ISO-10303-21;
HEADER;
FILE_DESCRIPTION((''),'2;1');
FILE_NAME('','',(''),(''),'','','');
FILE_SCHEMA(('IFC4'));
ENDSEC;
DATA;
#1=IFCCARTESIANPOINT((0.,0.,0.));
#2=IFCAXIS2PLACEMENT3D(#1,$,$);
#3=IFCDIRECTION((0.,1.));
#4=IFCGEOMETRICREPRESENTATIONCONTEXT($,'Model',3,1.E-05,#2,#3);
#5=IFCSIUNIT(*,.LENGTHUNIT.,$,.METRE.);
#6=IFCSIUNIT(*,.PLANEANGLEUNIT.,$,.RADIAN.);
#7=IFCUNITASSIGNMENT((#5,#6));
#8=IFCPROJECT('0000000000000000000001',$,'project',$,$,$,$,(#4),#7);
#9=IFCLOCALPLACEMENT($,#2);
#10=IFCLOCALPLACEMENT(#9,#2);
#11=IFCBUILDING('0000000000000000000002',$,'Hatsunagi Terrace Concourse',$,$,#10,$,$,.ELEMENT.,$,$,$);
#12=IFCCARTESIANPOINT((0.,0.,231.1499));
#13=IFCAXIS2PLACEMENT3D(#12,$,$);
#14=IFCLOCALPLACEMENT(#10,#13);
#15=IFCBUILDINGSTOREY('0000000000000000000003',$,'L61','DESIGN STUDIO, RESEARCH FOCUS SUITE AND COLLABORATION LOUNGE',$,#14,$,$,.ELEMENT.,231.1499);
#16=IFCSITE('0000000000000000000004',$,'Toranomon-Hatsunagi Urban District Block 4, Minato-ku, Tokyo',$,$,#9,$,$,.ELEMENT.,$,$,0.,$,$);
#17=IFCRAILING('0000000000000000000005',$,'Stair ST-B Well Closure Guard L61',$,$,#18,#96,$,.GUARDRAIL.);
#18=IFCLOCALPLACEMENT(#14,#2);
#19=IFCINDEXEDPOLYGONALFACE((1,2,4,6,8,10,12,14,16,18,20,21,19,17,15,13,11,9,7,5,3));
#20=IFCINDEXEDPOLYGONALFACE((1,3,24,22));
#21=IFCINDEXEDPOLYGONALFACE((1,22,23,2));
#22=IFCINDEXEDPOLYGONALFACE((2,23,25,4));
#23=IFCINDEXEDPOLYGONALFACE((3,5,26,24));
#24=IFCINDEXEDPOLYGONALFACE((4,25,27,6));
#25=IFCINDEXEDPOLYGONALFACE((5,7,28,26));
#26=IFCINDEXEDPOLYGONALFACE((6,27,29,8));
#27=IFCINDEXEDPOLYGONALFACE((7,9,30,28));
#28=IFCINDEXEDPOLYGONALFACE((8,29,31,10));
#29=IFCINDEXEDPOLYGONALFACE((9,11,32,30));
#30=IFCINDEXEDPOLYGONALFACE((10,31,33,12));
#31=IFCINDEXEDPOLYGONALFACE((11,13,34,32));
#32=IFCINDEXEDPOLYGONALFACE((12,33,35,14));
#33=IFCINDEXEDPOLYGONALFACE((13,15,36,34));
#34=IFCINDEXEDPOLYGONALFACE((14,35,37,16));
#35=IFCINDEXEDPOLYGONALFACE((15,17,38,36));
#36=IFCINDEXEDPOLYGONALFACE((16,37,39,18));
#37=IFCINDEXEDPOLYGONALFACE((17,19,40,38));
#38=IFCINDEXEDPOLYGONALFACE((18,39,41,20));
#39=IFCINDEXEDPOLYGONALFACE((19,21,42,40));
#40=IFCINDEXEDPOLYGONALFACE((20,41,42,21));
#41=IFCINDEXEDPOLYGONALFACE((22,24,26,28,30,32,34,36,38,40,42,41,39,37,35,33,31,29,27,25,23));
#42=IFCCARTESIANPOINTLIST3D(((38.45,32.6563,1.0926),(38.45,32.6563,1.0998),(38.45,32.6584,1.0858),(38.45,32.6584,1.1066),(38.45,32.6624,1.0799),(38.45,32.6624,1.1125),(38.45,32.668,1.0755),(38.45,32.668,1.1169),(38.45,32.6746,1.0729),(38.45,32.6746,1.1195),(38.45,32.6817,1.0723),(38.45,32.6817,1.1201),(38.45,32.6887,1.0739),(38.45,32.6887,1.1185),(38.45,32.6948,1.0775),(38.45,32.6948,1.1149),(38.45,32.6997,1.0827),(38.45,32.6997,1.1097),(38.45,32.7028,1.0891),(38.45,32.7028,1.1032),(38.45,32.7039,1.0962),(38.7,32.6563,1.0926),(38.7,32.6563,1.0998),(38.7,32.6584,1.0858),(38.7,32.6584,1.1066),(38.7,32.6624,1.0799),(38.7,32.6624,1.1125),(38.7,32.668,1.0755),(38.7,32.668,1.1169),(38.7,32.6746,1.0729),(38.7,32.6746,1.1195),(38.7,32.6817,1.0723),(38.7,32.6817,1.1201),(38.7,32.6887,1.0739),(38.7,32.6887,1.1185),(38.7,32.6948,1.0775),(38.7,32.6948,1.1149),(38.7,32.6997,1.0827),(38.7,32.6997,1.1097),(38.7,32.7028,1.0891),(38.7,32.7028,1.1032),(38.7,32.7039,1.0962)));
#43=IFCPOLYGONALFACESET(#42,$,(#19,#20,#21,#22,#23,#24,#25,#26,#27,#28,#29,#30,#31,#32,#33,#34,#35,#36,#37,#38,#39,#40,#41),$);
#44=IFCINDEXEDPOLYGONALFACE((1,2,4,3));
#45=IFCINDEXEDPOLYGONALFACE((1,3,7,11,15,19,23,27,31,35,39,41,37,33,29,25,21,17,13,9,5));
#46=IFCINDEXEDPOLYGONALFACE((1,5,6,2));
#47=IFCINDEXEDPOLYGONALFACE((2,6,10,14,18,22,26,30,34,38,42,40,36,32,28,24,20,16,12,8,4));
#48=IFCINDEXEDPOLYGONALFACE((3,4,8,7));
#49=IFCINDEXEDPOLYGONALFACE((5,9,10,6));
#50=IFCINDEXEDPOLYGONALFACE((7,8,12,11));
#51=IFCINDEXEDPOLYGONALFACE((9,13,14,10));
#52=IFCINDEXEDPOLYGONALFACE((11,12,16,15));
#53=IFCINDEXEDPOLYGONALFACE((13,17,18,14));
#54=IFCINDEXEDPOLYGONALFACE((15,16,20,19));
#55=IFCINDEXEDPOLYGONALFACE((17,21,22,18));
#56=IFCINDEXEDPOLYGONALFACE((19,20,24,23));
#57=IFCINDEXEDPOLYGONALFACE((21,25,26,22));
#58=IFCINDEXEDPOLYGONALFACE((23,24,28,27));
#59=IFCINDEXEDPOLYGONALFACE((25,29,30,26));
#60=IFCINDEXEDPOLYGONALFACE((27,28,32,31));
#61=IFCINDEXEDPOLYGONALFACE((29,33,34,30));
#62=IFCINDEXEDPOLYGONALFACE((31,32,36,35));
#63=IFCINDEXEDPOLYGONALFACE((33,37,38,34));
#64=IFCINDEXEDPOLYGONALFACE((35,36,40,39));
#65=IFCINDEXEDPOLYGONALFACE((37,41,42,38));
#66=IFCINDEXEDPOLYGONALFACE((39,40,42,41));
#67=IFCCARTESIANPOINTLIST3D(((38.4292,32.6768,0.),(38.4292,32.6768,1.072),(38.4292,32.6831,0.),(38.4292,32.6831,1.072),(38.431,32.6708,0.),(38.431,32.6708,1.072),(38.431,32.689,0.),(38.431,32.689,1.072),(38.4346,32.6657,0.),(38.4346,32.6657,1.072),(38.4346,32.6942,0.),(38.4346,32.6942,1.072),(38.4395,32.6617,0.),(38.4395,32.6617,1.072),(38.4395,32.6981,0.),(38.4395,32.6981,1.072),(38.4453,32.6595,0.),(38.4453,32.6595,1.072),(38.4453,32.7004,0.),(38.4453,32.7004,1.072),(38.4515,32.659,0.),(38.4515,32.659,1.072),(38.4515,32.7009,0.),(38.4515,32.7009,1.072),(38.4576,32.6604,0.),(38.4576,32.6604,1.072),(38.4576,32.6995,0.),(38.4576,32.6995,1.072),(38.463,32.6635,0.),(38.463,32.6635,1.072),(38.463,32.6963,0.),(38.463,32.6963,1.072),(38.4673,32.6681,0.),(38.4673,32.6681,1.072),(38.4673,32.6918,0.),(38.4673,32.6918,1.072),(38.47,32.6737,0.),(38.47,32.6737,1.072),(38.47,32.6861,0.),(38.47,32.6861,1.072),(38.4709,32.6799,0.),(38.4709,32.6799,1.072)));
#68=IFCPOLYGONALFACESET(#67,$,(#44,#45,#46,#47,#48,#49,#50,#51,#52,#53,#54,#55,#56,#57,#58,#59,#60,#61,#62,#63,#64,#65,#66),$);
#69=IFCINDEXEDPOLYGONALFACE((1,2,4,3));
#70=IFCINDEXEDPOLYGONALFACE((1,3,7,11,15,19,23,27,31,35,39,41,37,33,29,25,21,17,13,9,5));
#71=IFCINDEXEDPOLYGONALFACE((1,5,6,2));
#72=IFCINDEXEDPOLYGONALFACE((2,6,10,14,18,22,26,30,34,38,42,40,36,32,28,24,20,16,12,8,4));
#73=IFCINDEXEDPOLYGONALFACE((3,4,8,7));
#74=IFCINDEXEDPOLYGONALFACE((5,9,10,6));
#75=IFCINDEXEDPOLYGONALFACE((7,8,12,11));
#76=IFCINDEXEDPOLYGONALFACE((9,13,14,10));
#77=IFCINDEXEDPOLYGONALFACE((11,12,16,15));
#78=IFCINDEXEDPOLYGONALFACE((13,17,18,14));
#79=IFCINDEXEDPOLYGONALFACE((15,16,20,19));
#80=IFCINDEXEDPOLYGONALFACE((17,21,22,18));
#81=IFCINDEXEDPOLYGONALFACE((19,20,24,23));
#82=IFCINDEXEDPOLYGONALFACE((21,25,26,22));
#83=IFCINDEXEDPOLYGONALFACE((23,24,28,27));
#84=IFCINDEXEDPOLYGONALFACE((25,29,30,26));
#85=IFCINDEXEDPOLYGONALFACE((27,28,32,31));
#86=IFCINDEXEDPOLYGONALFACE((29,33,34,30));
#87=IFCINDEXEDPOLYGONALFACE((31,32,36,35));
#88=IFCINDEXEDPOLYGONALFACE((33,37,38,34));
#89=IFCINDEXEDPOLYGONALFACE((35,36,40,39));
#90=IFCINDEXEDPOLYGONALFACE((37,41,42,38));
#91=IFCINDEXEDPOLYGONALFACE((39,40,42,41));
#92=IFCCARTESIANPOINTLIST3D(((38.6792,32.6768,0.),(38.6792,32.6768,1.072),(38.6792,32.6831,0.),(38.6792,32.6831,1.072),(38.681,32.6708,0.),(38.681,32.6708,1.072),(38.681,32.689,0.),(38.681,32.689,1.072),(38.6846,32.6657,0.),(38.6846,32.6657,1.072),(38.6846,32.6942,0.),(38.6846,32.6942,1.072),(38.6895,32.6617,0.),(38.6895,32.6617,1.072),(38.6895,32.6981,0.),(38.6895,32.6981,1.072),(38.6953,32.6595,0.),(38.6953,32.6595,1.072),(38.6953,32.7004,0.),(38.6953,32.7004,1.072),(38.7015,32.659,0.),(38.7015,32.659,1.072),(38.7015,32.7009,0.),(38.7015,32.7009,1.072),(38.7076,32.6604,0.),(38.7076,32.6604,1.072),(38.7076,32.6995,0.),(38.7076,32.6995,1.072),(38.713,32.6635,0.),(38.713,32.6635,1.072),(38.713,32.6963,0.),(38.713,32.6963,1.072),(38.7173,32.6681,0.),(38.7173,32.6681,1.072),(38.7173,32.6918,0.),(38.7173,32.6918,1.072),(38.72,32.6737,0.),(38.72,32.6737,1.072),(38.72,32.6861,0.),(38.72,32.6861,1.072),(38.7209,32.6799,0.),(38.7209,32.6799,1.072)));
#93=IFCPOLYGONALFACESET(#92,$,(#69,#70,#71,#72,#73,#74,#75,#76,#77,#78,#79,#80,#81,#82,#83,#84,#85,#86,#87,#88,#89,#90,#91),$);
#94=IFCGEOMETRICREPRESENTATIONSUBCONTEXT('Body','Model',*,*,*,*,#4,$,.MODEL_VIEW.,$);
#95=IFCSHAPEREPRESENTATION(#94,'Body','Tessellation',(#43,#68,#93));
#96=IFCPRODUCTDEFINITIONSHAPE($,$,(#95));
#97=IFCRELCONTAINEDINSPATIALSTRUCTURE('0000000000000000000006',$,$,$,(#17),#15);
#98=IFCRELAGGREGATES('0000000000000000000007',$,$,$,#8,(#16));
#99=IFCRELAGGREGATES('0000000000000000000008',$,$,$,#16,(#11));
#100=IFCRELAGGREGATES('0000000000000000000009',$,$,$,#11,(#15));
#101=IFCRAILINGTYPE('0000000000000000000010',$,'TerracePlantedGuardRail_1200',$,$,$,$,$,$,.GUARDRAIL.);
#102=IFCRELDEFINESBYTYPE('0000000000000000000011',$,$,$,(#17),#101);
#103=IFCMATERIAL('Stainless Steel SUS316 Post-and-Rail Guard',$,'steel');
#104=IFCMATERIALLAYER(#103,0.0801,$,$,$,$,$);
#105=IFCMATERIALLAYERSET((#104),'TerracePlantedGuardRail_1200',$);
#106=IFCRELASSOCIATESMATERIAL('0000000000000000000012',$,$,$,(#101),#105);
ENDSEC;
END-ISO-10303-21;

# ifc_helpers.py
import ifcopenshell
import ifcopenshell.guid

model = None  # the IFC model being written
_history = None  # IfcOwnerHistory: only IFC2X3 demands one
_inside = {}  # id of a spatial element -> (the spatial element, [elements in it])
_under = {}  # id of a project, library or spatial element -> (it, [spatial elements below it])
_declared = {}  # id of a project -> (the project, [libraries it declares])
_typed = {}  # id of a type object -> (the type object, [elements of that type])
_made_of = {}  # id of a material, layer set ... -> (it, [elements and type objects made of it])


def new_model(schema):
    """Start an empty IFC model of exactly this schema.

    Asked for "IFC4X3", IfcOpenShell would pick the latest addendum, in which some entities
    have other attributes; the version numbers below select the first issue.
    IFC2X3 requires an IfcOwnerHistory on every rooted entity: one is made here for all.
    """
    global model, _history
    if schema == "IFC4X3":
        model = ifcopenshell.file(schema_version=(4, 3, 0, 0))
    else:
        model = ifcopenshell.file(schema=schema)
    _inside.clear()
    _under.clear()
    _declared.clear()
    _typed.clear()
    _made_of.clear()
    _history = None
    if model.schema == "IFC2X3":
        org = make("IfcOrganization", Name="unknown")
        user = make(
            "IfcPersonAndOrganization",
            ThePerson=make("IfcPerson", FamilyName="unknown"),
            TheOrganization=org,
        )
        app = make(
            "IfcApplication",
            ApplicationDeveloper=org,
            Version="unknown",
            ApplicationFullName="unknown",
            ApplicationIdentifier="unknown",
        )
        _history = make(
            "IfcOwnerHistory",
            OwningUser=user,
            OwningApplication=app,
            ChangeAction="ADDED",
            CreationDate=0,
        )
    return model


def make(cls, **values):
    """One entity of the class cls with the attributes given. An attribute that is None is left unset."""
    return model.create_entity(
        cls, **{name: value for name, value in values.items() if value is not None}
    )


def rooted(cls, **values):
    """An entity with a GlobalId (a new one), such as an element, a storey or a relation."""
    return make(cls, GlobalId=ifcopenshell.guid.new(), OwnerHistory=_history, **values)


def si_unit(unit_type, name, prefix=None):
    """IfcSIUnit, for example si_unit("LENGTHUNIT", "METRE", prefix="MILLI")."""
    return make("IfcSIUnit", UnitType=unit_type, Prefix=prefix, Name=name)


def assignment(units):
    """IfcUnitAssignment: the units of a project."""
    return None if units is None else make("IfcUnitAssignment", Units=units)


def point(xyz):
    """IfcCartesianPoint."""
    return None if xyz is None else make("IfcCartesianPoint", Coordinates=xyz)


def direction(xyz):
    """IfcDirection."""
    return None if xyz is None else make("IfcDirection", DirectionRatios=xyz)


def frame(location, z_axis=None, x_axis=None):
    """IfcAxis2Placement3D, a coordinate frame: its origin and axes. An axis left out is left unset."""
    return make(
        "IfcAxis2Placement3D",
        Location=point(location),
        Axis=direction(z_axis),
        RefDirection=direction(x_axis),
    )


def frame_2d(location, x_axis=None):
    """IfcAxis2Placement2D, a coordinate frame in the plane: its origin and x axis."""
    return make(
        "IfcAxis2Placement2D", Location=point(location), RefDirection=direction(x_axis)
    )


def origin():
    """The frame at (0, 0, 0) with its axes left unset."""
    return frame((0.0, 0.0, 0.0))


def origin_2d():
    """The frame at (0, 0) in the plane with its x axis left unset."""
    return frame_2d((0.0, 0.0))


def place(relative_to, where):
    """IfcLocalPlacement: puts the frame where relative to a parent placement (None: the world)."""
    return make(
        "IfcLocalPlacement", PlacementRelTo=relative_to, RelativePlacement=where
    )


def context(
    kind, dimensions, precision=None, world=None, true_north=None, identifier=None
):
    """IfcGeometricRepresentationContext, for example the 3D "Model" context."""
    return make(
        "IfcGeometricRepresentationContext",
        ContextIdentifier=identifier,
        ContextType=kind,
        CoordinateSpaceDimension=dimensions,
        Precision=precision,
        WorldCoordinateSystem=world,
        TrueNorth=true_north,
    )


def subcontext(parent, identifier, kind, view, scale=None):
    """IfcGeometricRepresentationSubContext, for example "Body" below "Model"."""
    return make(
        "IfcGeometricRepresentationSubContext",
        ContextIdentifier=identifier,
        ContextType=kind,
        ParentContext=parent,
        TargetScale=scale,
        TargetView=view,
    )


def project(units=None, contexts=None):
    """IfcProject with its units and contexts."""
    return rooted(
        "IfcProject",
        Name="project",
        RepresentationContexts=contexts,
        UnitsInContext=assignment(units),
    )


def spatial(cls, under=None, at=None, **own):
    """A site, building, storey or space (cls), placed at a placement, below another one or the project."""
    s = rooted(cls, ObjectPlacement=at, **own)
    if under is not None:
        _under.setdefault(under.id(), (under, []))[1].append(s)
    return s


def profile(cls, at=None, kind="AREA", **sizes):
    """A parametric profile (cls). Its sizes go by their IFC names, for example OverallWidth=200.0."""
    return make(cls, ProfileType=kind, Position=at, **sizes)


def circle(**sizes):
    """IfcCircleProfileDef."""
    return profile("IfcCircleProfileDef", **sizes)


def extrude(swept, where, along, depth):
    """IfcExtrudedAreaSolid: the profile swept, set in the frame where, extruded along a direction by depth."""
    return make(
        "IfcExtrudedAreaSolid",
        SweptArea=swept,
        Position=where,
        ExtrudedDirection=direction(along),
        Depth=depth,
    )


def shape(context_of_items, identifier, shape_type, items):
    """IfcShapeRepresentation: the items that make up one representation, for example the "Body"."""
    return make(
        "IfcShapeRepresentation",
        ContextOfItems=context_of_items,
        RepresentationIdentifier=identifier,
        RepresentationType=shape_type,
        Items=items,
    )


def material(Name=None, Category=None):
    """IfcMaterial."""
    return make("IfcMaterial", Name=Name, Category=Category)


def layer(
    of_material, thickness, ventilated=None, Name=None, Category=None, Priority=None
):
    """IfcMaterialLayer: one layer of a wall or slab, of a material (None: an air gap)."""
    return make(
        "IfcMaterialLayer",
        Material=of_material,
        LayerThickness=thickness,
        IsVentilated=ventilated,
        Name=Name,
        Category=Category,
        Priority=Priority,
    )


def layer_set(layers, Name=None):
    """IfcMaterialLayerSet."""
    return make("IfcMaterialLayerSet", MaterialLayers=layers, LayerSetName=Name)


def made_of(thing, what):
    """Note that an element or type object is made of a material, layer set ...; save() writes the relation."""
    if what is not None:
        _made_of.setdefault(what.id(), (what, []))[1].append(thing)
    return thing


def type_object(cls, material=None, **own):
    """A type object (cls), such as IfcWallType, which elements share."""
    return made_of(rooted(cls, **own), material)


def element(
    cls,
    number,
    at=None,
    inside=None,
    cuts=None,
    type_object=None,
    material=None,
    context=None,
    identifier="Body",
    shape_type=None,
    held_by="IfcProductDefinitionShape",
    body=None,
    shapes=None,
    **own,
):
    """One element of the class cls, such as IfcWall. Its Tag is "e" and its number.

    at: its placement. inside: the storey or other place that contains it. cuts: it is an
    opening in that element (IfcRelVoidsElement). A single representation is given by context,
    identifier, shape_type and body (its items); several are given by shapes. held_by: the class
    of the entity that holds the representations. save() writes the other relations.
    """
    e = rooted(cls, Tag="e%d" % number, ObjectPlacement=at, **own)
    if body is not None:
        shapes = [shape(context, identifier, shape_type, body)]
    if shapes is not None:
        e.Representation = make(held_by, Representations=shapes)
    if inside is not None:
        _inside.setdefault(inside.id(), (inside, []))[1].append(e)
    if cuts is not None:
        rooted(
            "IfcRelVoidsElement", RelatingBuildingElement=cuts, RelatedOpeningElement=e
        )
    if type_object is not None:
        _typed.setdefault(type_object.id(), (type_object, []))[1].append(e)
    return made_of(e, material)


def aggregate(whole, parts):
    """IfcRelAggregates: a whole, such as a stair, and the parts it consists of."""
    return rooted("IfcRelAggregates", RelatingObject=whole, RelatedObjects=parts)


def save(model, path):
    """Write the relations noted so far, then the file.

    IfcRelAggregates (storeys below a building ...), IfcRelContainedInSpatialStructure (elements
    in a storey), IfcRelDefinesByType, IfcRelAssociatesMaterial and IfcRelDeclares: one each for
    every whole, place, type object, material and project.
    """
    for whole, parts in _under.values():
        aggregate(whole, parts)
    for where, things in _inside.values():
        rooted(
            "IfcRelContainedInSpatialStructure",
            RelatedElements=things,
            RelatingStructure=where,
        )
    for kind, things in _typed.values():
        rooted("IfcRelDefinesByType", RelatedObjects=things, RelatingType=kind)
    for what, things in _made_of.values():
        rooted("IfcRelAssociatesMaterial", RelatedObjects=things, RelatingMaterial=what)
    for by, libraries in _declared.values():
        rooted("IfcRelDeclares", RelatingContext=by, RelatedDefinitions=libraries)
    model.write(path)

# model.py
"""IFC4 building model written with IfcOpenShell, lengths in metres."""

from ifc_helpers import new_model, si_unit, direction, frame, origin, origin_2d, place, context, subcontext, project, spatial, circle, extrude, material, layer, layer_set, type_object, element, save


model = new_model("IFC4")

# Units and contexts
model_context = context("Model", 3, precision=1e-05, world=origin(), true_north=direction((0.0, 1.0)))
body_context = subcontext(model_context, "Body", "Model", "MODEL_VIEW")
ifc_project = project(units=[si_unit("LENGTHUNIT", "METRE"), si_unit("PLANEANGLEUNIT", "RADIAN")], contexts=[model_context])

# Site, building, storey
site_placement = place(None, origin())
site = spatial("IfcSite", under=ifc_project, at=site_placement, Name="Toranomon-Hatsunagi Urban District Block 4, Minato-ku, Tokyo", CompositionType="ELEMENT", RefElevation=0.0)
building_placement = place(site_placement, origin())
building = spatial("IfcBuilding", under=site, at=building_placement, Name="Hatsunagi Terrace Concourse", CompositionType="ELEMENT")
storey_placement = place(building_placement, frame((0.0, 0.0, 231.1499)))
storey = spatial("IfcBuildingStorey", under=building, at=storey_placement, Name="L61", Description="DESIGN STUDIO, RESEARCH FOCUS SUITE AND COLLABORATION LOUNGE", CompositionType="ELEMENT", Elevation=231.1499)

# Railing
ifc_material_1 = material(Name="Stainless Steel SUS316 Post-and-Rail Guard", Category="steel")
ifc_layer_1 = layer(ifc_material_1, 0.0801)
ifc_layer_set_1 = layer_set([ifc_layer_1], Name="TerracePlantedGuardRail_1200")
railing_type_1 = type_object("IfcRailingType", Name="TerracePlantedGuardRail_1200", PredefinedType="GUARDRAIL", material=ifc_layer_set_1)
railing_1_placement = place(storey_placement, frame((38.45, 32.6799, 0.0)))
element("IfcRailing", 1, at=railing_1_placement, inside=storey, type_object=railing_type_1, Name="Stair ST-B Well Closure Guard L61", PredefinedType="GUARDRAIL", context=body_context, shape_type="SweptSolid", body=[
    extrude(circle(Radius=0.0239, at=origin_2d()), frame((0.0, 0.0, 1.0962), z_axis=(1.0, 0.0, 0.0), x_axis=(0.0, 1.0, 0.0)), (0.0, 0.0, 1.0), 0.25),
    extrude(circle(Radius=0.021, at=origin_2d()), origin(), (0.0, 0.0, 1.0), 1.072),
    extrude(circle(Radius=0.021, at=origin_2d()), frame((0.25, 0.0, 0.0)), (0.0, 0.0, 1.0), 1.072),
])

save(model, "model.ifc")
